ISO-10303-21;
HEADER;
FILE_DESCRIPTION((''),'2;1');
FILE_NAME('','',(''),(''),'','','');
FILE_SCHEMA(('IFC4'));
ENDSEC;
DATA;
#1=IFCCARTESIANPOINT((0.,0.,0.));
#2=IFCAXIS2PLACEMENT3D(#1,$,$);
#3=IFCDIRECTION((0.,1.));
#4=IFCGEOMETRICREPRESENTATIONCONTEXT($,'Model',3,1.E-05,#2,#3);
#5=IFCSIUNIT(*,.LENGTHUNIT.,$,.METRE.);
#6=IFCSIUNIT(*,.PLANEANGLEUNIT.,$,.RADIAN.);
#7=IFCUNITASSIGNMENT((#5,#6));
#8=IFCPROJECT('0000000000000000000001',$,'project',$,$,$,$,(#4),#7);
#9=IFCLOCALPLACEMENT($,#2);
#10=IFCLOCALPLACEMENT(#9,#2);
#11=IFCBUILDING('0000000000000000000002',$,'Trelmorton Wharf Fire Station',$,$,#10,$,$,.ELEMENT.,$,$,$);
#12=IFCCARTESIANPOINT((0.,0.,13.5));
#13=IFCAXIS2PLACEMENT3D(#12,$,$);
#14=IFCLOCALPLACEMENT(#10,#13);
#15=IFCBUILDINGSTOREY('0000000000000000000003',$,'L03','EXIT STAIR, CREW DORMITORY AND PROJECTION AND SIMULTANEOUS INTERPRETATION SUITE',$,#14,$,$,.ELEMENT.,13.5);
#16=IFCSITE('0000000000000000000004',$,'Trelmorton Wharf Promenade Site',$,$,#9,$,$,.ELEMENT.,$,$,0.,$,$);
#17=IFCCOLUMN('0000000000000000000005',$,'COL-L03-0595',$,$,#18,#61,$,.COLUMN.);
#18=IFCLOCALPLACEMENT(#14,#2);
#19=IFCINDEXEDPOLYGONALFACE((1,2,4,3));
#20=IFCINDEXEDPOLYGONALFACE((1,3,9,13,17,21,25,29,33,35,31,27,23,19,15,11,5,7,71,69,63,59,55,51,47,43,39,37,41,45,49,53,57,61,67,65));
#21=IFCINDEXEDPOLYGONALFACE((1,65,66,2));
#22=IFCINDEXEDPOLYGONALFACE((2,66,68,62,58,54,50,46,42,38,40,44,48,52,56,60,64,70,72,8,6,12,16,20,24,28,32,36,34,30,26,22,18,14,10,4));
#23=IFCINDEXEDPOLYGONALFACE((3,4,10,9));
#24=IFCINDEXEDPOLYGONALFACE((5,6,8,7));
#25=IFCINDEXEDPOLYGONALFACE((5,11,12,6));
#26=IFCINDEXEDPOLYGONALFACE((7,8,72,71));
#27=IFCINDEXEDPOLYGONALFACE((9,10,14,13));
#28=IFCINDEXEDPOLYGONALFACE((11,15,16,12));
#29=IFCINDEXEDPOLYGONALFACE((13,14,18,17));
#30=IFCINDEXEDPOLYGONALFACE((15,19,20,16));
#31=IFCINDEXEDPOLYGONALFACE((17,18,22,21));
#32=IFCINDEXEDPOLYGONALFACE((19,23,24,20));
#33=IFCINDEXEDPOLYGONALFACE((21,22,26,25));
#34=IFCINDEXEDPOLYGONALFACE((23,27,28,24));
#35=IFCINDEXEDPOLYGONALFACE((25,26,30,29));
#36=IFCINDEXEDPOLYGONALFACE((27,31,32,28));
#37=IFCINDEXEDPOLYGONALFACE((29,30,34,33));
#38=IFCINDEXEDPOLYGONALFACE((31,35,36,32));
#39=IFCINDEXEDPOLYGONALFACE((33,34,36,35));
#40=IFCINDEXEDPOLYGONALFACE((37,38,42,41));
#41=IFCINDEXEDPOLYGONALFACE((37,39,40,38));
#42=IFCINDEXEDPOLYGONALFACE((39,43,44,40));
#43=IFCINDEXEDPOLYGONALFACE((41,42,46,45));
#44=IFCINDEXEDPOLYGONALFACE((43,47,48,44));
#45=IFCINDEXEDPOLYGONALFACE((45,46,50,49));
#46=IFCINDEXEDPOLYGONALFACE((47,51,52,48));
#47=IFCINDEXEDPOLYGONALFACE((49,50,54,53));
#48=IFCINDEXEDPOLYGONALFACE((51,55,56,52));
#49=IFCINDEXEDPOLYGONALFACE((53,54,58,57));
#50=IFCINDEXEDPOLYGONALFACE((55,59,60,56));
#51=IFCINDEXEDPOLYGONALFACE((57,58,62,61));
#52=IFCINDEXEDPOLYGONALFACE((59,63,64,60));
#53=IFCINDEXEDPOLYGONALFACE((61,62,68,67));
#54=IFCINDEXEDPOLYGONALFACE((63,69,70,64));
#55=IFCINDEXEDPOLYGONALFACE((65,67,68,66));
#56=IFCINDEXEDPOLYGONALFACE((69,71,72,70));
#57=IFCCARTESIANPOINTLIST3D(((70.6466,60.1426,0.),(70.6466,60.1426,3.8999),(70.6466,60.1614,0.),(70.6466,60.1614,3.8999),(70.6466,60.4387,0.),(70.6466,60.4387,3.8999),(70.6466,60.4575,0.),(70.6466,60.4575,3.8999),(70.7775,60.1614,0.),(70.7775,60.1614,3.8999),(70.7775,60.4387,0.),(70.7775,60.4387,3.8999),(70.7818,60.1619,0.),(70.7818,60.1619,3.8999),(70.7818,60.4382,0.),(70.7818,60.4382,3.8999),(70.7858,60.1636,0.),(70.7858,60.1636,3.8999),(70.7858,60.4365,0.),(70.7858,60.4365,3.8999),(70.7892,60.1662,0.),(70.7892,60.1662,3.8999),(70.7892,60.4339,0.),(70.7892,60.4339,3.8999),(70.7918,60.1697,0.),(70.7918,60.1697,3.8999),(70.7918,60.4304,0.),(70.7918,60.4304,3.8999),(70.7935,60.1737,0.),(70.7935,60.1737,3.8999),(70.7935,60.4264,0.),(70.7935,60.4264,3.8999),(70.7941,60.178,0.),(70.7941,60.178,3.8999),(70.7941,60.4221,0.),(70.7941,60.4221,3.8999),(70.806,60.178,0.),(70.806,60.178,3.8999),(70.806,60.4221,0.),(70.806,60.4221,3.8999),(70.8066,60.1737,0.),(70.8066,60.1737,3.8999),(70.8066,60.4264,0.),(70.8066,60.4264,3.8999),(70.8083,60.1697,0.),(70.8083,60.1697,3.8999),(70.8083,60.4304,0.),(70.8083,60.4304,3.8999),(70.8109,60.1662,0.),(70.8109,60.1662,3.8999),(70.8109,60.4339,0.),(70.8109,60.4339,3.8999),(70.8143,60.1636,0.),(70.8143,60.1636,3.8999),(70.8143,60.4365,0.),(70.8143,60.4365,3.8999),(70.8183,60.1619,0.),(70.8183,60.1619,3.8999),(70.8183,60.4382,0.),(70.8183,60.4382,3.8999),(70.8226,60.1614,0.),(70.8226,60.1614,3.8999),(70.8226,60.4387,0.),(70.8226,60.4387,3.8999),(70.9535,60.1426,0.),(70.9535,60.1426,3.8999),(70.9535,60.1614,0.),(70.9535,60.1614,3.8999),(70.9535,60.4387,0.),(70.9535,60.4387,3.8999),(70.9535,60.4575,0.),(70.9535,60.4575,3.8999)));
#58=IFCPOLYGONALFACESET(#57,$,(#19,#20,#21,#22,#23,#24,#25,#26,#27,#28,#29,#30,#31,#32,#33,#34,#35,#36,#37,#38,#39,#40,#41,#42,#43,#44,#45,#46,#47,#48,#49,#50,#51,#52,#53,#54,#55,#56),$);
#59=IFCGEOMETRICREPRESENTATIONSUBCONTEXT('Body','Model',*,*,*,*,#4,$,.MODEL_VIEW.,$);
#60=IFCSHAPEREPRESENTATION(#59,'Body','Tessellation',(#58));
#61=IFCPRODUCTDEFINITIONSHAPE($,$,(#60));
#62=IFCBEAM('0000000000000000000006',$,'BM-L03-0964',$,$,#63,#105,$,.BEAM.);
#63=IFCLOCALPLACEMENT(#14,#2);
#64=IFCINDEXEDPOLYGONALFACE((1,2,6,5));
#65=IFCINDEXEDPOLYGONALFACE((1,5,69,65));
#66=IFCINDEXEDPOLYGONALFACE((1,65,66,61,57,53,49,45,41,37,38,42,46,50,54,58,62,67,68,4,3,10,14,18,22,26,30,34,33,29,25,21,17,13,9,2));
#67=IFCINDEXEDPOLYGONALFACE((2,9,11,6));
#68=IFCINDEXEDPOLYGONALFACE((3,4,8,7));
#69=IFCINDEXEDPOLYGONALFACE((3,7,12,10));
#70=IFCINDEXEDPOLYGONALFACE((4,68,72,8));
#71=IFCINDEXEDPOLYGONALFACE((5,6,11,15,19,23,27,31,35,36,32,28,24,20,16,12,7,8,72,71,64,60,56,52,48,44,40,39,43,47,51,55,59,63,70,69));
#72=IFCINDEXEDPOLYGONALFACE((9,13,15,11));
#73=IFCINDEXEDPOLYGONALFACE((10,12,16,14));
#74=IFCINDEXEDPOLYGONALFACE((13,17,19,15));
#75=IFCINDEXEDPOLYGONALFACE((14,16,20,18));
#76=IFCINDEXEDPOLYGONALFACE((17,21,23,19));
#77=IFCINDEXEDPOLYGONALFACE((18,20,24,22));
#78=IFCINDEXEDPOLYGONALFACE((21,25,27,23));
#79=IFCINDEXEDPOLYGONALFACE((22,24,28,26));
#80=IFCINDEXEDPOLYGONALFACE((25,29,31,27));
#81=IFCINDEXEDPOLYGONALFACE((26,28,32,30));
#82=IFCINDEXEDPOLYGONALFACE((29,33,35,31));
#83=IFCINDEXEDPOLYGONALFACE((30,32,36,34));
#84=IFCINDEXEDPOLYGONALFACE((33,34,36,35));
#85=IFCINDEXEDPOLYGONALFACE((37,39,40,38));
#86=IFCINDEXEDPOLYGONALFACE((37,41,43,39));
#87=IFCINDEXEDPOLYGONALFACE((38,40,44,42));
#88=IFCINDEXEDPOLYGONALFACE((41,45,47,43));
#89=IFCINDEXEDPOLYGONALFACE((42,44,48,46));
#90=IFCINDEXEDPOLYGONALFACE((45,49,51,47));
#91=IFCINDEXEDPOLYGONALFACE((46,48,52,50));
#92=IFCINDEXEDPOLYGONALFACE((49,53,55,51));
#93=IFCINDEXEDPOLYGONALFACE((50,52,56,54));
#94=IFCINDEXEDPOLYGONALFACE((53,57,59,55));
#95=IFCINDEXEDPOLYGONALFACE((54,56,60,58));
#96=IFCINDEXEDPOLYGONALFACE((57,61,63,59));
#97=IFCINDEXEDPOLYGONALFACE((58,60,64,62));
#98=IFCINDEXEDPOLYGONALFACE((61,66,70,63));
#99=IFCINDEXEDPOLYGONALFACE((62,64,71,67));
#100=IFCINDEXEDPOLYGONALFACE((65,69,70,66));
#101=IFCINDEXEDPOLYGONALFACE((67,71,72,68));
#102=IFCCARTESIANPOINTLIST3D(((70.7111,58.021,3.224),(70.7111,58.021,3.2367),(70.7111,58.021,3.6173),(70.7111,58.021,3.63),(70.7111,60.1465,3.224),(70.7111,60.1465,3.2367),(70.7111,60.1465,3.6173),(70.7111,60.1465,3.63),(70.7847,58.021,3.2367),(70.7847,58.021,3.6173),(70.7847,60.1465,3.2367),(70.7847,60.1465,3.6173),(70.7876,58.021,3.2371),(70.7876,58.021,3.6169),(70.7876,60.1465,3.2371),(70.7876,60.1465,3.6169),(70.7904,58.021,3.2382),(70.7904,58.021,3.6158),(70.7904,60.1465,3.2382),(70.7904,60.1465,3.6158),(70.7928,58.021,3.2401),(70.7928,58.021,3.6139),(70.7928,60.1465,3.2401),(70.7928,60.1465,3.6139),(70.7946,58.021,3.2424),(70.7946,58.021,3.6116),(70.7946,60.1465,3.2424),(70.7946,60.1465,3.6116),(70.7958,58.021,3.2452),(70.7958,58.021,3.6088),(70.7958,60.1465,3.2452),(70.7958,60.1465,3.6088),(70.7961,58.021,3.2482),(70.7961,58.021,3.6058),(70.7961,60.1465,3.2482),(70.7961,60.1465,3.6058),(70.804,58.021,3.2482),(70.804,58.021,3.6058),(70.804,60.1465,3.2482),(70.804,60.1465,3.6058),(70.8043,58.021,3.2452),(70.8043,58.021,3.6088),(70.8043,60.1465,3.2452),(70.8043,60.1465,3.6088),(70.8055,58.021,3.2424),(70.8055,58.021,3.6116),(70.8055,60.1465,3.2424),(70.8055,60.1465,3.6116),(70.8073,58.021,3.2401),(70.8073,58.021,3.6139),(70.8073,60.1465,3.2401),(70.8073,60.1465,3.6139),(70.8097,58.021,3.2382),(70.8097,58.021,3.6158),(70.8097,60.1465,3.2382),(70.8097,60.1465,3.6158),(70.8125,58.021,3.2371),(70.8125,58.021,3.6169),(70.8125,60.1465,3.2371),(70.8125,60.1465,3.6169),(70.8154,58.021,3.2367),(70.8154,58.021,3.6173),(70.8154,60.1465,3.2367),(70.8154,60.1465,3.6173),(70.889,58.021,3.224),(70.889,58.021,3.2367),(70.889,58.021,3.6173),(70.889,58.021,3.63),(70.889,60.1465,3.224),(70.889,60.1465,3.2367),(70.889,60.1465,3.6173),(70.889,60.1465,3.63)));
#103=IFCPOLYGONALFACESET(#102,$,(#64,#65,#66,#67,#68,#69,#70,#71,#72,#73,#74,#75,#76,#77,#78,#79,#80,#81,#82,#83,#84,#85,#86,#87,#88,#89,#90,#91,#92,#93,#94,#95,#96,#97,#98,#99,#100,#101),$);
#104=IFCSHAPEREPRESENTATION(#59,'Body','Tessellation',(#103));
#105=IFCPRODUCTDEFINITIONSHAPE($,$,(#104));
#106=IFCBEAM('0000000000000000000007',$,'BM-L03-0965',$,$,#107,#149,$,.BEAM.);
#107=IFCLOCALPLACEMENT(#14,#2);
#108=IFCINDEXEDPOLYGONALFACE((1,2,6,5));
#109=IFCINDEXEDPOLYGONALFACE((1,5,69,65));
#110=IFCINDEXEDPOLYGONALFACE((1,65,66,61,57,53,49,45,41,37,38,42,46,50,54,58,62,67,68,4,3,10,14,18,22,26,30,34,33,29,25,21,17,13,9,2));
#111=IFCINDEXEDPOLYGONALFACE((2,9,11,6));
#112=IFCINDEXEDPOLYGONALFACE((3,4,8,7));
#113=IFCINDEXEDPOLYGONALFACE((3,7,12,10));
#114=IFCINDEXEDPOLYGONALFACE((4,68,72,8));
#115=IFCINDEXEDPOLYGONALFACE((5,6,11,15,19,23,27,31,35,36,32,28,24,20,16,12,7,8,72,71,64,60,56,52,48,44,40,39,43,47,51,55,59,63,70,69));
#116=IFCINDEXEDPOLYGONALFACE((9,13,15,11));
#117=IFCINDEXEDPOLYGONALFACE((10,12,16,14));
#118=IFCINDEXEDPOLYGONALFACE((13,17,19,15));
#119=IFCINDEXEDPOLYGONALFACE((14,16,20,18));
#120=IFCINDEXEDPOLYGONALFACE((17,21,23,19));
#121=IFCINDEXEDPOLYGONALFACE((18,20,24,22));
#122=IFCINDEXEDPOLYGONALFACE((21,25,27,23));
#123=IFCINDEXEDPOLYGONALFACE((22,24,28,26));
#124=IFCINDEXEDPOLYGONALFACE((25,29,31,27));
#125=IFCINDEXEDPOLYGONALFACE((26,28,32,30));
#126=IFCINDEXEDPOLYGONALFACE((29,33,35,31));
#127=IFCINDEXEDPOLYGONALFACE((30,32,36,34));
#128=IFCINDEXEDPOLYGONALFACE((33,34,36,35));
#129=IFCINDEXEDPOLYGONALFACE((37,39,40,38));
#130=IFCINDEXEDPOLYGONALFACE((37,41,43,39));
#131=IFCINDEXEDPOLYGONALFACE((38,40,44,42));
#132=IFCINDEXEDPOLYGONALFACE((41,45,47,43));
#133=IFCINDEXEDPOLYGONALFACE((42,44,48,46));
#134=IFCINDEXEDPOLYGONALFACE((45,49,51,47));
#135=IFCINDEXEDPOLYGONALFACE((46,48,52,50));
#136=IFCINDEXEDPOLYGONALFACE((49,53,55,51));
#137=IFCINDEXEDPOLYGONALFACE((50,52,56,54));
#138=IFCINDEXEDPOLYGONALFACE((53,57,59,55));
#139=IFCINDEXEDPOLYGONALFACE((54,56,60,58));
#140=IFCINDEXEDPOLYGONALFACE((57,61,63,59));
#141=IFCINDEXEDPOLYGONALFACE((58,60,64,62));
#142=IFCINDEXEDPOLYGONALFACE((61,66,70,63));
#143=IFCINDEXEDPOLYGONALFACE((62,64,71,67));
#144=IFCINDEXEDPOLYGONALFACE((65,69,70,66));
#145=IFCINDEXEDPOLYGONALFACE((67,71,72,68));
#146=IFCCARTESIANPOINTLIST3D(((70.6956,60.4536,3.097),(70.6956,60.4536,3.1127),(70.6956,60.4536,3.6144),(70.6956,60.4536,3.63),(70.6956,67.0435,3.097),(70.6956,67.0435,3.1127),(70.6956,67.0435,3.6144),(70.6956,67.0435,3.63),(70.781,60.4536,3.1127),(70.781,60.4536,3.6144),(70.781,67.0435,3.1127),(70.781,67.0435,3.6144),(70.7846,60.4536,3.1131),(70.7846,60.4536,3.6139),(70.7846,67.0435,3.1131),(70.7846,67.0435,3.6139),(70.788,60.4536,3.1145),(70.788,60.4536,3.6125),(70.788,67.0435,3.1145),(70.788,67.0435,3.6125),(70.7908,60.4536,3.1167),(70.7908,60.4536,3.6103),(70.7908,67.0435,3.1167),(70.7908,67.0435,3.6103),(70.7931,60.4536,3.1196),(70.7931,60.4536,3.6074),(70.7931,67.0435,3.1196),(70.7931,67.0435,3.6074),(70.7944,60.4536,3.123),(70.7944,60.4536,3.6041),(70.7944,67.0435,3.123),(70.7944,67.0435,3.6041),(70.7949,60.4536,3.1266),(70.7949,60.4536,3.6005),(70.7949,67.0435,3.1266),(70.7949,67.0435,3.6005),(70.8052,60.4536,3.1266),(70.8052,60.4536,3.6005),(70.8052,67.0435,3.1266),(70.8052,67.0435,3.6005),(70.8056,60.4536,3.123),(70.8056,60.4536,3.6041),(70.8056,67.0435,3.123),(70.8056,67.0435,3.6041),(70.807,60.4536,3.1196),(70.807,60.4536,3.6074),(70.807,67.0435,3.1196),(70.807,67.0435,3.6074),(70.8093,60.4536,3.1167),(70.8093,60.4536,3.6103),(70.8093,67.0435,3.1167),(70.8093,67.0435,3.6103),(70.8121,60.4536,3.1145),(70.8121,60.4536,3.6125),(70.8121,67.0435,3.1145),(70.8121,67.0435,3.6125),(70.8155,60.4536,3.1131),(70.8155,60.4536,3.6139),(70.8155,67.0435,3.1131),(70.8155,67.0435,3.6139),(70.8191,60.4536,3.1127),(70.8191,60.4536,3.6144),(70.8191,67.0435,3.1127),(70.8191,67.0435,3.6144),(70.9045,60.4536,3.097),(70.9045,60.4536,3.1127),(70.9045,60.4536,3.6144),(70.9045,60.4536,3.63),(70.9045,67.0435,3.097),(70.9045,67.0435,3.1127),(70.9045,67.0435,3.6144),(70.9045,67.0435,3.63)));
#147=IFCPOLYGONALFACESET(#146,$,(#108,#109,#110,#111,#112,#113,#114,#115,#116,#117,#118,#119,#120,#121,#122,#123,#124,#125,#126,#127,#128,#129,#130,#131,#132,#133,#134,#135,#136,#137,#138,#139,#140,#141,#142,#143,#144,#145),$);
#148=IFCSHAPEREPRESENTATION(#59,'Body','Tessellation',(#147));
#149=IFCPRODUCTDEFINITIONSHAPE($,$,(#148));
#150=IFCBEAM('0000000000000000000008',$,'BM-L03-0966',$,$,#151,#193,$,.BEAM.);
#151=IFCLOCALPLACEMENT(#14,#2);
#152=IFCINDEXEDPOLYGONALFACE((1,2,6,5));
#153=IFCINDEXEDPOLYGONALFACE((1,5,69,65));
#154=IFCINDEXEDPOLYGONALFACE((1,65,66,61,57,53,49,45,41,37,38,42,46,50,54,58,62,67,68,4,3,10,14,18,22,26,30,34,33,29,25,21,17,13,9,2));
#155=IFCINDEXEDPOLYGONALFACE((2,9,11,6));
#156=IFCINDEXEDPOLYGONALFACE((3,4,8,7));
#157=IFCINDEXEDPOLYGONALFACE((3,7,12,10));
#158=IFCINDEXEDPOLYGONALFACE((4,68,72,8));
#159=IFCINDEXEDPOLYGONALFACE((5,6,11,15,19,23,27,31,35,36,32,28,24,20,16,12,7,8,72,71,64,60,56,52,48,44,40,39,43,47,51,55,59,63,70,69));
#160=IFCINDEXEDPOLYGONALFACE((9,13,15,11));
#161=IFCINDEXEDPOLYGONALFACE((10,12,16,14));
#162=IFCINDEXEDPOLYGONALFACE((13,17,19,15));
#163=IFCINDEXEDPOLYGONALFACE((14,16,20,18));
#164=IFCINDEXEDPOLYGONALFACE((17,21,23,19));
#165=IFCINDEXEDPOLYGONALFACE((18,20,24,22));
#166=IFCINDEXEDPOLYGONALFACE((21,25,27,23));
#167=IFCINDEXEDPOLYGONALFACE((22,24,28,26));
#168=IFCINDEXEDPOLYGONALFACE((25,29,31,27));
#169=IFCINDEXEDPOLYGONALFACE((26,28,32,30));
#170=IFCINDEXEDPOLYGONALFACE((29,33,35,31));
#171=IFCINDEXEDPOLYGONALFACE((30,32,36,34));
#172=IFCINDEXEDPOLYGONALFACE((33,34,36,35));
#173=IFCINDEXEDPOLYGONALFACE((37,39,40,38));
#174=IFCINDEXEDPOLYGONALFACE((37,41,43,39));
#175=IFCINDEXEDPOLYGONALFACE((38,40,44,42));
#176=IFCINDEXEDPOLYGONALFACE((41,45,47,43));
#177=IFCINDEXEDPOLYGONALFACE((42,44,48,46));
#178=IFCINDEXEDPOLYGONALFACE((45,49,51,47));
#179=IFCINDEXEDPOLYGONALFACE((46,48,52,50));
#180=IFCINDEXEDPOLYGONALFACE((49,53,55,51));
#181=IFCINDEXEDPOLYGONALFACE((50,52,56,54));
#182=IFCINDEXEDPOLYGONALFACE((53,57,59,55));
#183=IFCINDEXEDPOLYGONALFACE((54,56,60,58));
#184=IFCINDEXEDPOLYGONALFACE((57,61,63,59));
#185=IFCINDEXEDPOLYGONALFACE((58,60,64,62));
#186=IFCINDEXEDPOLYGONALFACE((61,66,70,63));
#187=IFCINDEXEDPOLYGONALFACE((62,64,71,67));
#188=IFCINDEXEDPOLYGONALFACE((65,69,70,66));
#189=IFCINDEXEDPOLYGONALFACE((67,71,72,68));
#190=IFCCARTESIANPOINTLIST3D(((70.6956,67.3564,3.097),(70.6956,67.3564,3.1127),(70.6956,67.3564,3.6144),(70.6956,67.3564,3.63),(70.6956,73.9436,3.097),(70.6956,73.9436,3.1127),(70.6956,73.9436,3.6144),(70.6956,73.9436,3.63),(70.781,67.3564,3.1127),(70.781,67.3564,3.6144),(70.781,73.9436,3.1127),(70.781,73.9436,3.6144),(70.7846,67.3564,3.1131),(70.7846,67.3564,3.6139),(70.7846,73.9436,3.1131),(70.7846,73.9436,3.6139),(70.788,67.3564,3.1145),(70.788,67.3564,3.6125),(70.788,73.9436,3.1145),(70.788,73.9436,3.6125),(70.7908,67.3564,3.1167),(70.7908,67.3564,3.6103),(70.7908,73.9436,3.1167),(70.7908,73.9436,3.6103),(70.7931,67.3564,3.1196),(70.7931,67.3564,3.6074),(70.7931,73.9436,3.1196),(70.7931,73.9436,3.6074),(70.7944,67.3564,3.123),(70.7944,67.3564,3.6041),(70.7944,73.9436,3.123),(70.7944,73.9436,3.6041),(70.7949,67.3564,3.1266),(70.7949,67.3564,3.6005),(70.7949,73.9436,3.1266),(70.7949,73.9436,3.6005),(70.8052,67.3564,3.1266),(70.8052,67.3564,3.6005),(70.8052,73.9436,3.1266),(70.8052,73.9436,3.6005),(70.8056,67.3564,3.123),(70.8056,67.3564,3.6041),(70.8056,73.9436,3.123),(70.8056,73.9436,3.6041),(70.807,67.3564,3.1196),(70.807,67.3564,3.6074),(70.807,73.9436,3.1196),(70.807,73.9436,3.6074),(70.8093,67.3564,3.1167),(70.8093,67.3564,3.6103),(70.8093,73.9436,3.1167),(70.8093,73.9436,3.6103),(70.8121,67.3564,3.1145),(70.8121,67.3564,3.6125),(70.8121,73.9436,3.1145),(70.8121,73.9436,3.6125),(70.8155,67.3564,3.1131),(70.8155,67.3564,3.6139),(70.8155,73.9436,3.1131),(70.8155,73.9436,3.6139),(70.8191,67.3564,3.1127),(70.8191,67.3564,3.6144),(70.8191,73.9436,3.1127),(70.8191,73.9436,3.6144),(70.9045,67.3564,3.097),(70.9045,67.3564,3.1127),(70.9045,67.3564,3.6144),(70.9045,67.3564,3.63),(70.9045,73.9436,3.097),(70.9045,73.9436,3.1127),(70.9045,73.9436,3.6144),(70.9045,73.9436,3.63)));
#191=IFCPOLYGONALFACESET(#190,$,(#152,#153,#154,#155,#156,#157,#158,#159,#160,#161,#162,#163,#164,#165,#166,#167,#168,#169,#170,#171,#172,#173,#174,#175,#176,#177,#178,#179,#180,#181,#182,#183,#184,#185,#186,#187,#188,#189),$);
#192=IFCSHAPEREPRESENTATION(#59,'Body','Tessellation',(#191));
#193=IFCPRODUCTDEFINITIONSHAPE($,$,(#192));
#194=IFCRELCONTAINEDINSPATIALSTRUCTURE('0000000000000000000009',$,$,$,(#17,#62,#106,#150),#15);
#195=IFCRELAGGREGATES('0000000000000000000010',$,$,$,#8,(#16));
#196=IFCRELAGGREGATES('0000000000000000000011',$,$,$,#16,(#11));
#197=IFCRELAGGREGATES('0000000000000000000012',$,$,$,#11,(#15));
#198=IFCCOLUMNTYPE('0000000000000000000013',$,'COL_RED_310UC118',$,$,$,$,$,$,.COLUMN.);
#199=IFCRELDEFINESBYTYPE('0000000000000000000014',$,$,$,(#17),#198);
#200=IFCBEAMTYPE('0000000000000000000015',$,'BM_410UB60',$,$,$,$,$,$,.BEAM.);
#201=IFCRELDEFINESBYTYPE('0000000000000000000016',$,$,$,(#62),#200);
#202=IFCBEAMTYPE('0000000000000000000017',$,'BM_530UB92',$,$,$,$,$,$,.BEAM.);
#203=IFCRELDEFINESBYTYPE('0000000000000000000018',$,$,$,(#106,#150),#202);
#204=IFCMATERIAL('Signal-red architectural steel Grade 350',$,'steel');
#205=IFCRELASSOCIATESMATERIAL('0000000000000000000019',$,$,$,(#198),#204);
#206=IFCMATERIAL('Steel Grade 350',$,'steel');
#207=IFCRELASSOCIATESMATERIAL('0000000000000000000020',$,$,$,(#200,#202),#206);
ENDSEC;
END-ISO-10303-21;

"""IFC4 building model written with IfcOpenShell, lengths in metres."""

from ifc_helpers import new_model, si_unit, direction, frame, origin, origin_2d, place, context, subcontext, project, spatial, i_section, extrude, material, material_profile, profile_set, type_object, element, save


model = new_model("IFC4")

# Units and contexts
model_context = context("Model", 3, precision=1e-05, world=origin(), true_north=direction((0.0, 1.0)))
body_context = subcontext(model_context, "Body", "Model", "MODEL_VIEW")
ifc_project = project(units=[si_unit("LENGTHUNIT", "METRE"), si_unit("PLANEANGLEUNIT", "RADIAN")], contexts=[model_context])

# Site, building, storey
site_placement = place(None, origin())
site = spatial("IfcSite", under=ifc_project, at=site_placement, Name="Trelmorton Wharf Promenade Site", CompositionType="ELEMENT", RefElevation=0.0)
building_placement = place(site_placement, origin())
building = spatial("IfcBuilding", under=site, at=building_placement, Name="Trelmorton Wharf Fire Station", CompositionType="ELEMENT")
storey_placement = place(building_placement, frame((0.0, 0.0, 13.5)))
storey = spatial("IfcBuildingStorey", under=building, at=storey_placement, Name="L03", Description="EXIT STAIR, CREW DORMITORY AND PROJECTION AND SIMULTANEOUS INTERPRETATION SUITE", CompositionType="ELEMENT", Elevation=13.5)

# Column
ifc_material_1 = material(Name="Steel Grade 350", Category="steel")
ifc_material_2 = material(Name="Signal-red architectural steel Grade 350", Category="steel")
ifc_material_profile_1 = material_profile(ifc_material_2, i_section(OverallWidth=0.3069, OverallDepth=0.3149, WebThickness=0.012, FlangeThickness=0.0188, FilletRadius=0.0166, at=origin_2d()), Name="310UC118")
ifc_profile_set_1 = profile_set([ifc_material_profile_1], Name="Signal-red architectural steel Grade 350")
column_type_1 = type_object("IfcColumnType", Name="COL_RED_310UC118", PredefinedType="COLUMN", material=ifc_profile_set_1)
column_1_placement = place(storey_placement, frame((70.8, 60.3, 0.0), z_axis=(0.0, 0.0, 1.0), x_axis=(1.0, 0.0, 0.0)))
element("IfcColumn", 1, at=column_1_placement, inside=storey, type_object=column_type_1, Name="COL-L03-0595", PredefinedType="COLUMN", context=body_context, shape_type="SweptSolid", body=[
    extrude(i_section(OverallWidth=0.3069, OverallDepth=0.3149, WebThickness=0.012, FlangeThickness=0.0188, FilletRadius=0.0166, at=origin_2d()), origin(), (0.0, 0.0, 1.0), 3.8999),
])

# Beams
ifc_material_profile_2 = material_profile(ifc_material_1, i_section(OverallWidth=0.178, OverallDepth=0.406, WebThickness=0.0078, FlangeThickness=0.0127, FilletRadius=0.0115, at=origin_2d()), Name="410UB59.7")
ifc_profile_set_2 = profile_set([ifc_material_profile_2], Name="Steel Grade 350")
beam_type_1 = type_object("IfcBeamType", Name="BM_410UB60", PredefinedType="BEAM", material=ifc_profile_set_2)
beam_1_placement = place(storey_placement, frame((70.8, 58.021, 3.427), z_axis=(0.0, 1.0, 0.0), x_axis=(-1.0, 0.0, 0.0)))
element("IfcBeam", 2, at=beam_1_placement, inside=storey, type_object=beam_type_1, Name="BM-L03-0964", PredefinedType="BEAM", context=body_context, shape_type="SweptSolid", body=[
    extrude(i_section(OverallWidth=0.178, OverallDepth=0.406, WebThickness=0.0078, FlangeThickness=0.0127, FilletRadius=0.0115, at=origin_2d()), origin(), (0.0, 0.0, 1.0), 2.1255),
])
ifc_material_profile_3 = material_profile(ifc_material_1, i_section(OverallWidth=0.209, OverallDepth=0.533, WebThickness=0.0103, FlangeThickness=0.0156, FilletRadius=0.0139, at=origin_2d()), Name="530UB92.4")
ifc_profile_set_3 = profile_set([ifc_material_profile_3], Name="Steel Grade 350")
beam_type_2 = type_object("IfcBeamType", Name="BM_530UB92", PredefinedType="BEAM", material=ifc_profile_set_3)
beam_2_placement = place(storey_placement, frame((70.8, 60.4536, 3.3635), z_axis=(0.0, 1.0, 0.0), x_axis=(-1.0, 0.0, 0.0)))
element("IfcBeam", 3, at=beam_2_placement, inside=storey, type_object=beam_type_2, Name="BM-L03-0965", PredefinedType="BEAM", context=body_context, shape_type="SweptSolid", body=[
    extrude(i_section(OverallWidth=0.209, OverallDepth=0.533, WebThickness=0.0103, FlangeThickness=0.0156, FilletRadius=0.0139, at=origin_2d()), origin(), (0.0, 0.0, 1.0), 6.5898),
])
beam_3_placement = place(storey_placement, frame((70.8, 67.3564, 3.3635), z_axis=(0.0, 1.0, 0.0), x_axis=(-1.0, 0.0, 0.0)))
element("IfcBeam", 4, at=beam_3_placement, inside=storey, type_object=beam_type_2, Name="BM-L03-0966", PredefinedType="BEAM", context=body_context, shape_type="SweptSolid", body=[
    extrude(i_section(OverallWidth=0.209, OverallDepth=0.533, WebThickness=0.0103, FlangeThickness=0.0156, FilletRadius=0.0139, at=origin_2d()), origin(), (0.0, 0.0, 1.0), 6.5872),
])

save(model, "model.ifc")
